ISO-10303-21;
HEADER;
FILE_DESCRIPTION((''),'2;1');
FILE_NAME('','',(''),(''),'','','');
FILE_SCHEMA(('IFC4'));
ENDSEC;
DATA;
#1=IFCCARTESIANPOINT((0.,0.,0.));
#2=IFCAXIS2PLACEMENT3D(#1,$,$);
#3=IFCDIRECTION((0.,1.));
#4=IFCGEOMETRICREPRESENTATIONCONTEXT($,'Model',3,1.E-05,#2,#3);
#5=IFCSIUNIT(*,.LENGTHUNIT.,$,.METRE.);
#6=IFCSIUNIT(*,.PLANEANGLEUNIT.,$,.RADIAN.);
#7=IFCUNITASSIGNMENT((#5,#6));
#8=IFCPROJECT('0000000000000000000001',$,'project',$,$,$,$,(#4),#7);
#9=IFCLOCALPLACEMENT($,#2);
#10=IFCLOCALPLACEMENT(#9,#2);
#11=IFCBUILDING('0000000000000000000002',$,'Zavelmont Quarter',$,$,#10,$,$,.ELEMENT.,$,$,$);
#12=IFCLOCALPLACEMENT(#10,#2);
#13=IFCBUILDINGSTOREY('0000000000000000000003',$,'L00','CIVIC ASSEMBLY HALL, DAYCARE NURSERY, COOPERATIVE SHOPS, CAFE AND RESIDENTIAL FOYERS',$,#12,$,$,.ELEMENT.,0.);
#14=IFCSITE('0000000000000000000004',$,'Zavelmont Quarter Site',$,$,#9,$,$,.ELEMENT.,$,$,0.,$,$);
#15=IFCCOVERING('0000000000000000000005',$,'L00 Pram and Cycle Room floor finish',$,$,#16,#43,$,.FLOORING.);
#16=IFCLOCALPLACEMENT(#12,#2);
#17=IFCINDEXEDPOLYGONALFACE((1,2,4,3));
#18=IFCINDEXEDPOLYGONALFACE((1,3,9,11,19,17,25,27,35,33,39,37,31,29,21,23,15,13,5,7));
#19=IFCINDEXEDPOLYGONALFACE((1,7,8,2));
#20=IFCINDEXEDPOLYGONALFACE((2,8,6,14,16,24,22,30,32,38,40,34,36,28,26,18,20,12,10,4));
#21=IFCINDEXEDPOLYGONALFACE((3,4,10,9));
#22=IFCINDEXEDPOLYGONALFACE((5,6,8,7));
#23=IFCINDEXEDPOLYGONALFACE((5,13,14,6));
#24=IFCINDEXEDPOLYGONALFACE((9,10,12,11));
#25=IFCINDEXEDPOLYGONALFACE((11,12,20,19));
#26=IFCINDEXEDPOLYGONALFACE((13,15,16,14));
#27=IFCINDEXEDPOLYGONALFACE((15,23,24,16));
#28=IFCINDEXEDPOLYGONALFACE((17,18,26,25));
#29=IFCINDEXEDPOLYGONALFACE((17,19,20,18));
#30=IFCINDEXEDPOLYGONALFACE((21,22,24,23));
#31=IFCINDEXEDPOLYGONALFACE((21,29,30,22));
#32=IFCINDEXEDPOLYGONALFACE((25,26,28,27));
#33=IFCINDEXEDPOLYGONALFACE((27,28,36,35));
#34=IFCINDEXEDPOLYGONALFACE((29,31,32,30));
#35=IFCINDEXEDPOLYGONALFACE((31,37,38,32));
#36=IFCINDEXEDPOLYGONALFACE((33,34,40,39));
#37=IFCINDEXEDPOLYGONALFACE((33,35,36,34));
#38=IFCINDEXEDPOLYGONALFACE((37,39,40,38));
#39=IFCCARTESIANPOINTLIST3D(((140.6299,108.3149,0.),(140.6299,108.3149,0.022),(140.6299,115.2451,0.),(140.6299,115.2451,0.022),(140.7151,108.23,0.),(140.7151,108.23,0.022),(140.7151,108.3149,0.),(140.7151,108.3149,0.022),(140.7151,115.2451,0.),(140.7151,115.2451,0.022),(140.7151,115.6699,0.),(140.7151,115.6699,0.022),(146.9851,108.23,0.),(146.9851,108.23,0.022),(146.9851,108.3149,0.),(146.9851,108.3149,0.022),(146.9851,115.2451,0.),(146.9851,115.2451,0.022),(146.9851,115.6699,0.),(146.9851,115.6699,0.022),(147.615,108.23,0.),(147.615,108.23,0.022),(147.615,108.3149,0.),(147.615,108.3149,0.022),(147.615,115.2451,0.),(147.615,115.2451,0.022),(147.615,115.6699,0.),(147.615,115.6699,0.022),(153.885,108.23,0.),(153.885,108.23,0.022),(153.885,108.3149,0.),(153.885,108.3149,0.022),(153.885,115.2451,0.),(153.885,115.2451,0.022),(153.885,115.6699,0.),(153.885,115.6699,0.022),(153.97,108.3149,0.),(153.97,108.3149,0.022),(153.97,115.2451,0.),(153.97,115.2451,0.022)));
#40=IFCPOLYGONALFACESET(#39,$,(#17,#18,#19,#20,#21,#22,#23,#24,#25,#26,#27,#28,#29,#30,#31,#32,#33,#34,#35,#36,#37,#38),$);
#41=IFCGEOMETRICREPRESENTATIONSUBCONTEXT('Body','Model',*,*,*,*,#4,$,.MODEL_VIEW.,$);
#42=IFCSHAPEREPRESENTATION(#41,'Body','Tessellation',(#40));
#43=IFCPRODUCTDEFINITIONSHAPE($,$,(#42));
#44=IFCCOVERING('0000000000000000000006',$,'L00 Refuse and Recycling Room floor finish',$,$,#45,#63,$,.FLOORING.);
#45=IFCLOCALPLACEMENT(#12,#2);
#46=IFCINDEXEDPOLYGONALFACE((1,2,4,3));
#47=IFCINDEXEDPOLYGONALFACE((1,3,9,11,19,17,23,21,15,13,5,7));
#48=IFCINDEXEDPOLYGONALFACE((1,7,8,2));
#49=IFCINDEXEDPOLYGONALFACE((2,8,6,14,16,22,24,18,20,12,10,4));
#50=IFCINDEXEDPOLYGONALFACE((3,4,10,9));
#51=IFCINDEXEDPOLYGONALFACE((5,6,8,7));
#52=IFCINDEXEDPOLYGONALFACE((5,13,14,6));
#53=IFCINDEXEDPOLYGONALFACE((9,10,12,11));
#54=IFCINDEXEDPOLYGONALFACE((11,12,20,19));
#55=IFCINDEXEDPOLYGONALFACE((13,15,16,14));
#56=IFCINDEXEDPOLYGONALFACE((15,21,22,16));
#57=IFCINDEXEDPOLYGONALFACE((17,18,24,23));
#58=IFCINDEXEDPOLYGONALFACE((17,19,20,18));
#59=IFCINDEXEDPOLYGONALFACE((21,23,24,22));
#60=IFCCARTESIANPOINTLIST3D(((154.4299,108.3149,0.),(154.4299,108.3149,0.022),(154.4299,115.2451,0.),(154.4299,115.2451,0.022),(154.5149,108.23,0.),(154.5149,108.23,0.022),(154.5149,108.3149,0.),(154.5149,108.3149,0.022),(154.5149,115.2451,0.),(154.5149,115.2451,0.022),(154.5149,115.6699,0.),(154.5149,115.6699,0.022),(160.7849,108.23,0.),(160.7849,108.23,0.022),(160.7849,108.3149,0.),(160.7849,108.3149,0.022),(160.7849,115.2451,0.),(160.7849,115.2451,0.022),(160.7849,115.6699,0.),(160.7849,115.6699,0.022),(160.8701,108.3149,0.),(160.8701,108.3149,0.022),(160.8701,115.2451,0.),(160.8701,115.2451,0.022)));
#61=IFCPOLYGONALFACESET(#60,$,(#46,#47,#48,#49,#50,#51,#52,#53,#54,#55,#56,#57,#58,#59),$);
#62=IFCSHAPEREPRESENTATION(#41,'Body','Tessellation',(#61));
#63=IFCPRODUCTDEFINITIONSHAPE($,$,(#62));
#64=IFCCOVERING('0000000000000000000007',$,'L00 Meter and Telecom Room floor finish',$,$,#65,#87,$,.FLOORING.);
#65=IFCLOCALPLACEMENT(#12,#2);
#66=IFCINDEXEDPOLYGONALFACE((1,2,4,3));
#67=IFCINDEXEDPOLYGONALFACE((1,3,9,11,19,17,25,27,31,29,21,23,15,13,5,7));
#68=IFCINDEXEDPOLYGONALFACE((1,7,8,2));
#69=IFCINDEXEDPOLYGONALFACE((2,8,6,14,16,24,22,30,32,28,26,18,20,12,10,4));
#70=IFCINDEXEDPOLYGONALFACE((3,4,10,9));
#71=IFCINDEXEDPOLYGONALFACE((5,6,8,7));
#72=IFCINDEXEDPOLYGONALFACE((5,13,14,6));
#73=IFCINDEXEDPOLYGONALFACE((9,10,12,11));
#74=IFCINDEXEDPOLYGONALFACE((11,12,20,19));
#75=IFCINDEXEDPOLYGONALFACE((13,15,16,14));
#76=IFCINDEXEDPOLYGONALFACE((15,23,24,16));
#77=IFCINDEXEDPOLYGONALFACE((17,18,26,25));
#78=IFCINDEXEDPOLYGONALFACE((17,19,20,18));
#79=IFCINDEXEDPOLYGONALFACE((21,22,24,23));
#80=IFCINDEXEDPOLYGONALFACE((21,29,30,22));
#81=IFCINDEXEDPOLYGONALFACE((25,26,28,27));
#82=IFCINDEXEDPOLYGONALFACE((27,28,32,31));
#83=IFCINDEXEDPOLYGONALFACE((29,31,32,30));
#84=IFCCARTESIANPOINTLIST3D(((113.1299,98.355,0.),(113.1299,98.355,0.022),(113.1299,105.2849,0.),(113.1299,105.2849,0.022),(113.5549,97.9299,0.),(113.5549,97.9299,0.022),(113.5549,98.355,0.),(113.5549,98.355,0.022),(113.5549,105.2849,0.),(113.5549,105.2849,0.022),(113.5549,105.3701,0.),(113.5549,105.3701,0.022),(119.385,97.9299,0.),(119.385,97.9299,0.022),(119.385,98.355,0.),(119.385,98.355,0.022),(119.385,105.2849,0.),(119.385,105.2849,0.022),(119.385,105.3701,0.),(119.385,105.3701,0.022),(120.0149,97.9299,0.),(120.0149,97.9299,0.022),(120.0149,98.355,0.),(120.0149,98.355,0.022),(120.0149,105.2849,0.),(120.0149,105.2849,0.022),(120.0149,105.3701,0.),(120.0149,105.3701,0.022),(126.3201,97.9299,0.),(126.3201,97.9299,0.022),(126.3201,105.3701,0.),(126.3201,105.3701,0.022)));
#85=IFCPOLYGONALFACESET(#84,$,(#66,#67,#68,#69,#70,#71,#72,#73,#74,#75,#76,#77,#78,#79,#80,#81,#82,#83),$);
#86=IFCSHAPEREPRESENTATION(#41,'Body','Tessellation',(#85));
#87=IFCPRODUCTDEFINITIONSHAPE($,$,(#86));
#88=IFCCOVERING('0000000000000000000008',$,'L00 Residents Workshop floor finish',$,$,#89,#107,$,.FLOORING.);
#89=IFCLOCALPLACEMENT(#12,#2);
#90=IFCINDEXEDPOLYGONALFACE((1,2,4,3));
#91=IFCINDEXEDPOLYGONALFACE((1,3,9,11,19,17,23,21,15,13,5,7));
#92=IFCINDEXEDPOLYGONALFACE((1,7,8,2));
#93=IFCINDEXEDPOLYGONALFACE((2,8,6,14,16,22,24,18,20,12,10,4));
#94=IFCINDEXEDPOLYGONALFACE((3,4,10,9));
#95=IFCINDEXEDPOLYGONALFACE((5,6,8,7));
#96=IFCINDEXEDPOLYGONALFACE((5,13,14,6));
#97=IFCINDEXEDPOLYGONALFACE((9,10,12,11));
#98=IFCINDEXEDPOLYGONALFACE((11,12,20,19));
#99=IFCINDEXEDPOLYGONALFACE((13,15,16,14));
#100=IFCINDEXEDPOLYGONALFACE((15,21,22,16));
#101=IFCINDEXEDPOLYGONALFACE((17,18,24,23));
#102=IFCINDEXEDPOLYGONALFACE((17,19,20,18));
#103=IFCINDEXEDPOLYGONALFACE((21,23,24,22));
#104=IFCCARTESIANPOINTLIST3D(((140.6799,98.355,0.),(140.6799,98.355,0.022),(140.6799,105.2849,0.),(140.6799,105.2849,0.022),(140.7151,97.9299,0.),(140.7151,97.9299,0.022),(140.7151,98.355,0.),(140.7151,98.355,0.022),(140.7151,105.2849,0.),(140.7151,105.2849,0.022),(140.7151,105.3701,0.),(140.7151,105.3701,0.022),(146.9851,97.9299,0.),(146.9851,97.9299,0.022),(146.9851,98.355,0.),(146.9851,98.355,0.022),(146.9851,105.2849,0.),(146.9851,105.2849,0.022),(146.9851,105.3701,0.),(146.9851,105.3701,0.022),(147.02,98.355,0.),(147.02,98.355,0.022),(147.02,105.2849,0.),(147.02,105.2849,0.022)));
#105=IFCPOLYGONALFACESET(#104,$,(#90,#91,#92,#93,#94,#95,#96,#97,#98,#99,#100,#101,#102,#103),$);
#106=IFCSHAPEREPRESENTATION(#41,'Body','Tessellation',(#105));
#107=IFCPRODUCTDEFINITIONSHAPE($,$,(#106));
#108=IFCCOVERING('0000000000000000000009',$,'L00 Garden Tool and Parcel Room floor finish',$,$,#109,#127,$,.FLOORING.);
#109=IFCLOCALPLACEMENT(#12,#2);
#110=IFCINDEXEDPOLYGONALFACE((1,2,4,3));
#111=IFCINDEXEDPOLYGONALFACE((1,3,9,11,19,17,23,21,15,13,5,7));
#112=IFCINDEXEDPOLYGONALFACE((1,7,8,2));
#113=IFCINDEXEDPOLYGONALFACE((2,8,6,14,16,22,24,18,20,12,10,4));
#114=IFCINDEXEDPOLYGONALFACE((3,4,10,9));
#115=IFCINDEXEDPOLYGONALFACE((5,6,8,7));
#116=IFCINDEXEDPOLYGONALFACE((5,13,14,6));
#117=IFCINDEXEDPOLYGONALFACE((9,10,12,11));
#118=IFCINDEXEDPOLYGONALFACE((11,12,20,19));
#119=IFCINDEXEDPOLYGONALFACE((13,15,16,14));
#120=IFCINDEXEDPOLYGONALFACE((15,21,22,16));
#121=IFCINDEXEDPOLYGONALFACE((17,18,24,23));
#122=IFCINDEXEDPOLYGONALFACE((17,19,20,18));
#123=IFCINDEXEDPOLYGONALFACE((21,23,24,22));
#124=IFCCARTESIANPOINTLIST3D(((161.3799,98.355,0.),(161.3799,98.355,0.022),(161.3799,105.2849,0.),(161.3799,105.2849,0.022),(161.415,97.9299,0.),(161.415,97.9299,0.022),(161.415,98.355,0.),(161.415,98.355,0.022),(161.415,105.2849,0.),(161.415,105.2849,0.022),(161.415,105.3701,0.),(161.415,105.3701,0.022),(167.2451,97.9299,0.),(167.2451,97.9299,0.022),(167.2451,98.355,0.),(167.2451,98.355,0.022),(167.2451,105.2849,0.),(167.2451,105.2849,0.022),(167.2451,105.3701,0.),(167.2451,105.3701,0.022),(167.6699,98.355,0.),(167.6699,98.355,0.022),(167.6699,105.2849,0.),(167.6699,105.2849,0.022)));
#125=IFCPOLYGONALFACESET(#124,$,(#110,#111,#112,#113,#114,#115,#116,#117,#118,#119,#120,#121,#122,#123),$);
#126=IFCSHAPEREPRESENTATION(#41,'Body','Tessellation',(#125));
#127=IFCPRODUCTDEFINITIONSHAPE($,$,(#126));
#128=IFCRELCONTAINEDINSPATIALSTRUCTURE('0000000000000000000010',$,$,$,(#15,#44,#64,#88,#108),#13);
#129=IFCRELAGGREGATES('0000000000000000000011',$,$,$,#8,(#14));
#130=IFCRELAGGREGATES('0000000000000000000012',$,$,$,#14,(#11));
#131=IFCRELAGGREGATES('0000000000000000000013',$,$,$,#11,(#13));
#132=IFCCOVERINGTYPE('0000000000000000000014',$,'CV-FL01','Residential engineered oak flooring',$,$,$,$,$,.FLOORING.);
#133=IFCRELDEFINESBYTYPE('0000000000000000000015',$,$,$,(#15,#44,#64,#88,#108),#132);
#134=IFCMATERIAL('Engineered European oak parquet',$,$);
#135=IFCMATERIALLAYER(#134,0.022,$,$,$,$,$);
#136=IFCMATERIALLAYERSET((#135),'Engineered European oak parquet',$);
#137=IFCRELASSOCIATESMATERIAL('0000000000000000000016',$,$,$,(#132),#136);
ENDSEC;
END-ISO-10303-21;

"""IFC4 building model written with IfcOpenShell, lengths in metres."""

from ifc_helpers import new_model, si_unit, direction, origin, place, context, subcontext, project, spatial, polyline, outline, extrude, material, layer, layer_set, type_object, element, save


model = new_model("IFC4")

# Units and contexts
model_context = context("Model", 3, precision=1e-05, world=origin(), true_north=direction((0.0, 1.0)))
body_context = subcontext(model_context, "Body", "Model", "MODEL_VIEW")
ifc_project = project(units=[si_unit("LENGTHUNIT", "METRE"), si_unit("PLANEANGLEUNIT", "RADIAN")], contexts=[model_context])

# Site, building, storey
site_placement = place(None, origin())
site = spatial("IfcSite", under=ifc_project, at=site_placement, Name="Zavelmont Quarter Site", CompositionType="ELEMENT", RefElevation=0.0)
building_placement = place(site_placement, origin())
building = spatial("IfcBuilding", under=site, at=building_placement, Name="Zavelmont Quarter", CompositionType="ELEMENT")
storey_placement = place(building_placement, origin())
storey = spatial("IfcBuildingStorey", under=building, at=storey_placement, Name="L00", Description="CIVIC ASSEMBLY HALL, DAYCARE NURSERY, COOPERATIVE SHOPS, CAFE AND RESIDENTIAL FOYERS", CompositionType="ELEMENT", Elevation=0.0)

# Coverings
ifc_material_1 = material(Name="Engineered European oak parquet")
ifc_layer_1 = layer(ifc_material_1, 0.022)
ifc_layer_set_1 = layer_set([ifc_layer_1], Name="Engineered European oak parquet")
covering_type_1 = type_object("IfcCoveringType", Name="CV-FL01", Description="Residential engineered oak flooring", PredefinedType="FLOORING", material=ifc_layer_set_1)
covering_1_placement = place(storey_placement, origin())
element("IfcCovering", 1, at=covering_1_placement, inside=storey, type_object=covering_type_1, Name="L00 Pram and Cycle Room floor finish", PredefinedType="FLOORING", context=body_context, shape_type="SweptSolid", body=[
    extrude(outline(polyline([(140.6299, 115.2451), (140.7151, 115.2451), (140.7151, 115.6699), (146.9851, 115.6699), (146.9851, 115.2451), (147.615, 115.2451), (147.615, 115.6699), (153.885, 115.6699), (153.885, 115.2451), (153.97, 115.2451), (153.97, 108.3149), (153.885, 108.3149), (153.885, 108.23), (147.615, 108.23), (147.615, 108.3149), (146.9851, 108.3149), (146.9851, 108.23), (140.7151, 108.23), (140.7151, 108.3149), (140.6299, 108.3149), (140.6299, 115.2451)])), origin(), (0.0, 0.0, 1.0), 0.022),
])
covering_2_placement = place(storey_placement, origin())
element("IfcCovering", 2, at=covering_2_placement, inside=storey, type_object=covering_type_1, Name="L00 Refuse and Recycling Room floor finish", PredefinedType="FLOORING", context=body_context, shape_type="SweptSolid", body=[
    extrude(outline(polyline([(154.4299, 115.2451), (154.5149, 115.2451), (154.5149, 115.6699), (160.7849, 115.6699), (160.7849, 115.2451), (160.8701, 115.2451), (160.8701, 108.3149), (160.7849, 108.3149), (160.7849, 108.23), (154.5149, 108.23), (154.5149, 108.3149), (154.4299, 108.3149), (154.4299, 115.2451)])), origin(), (0.0, 0.0, 1.0), 0.022),
])
covering_3_placement = place(storey_placement, origin())
element("IfcCovering", 3, at=covering_3_placement, inside=storey, type_object=covering_type_1, Name="L00 Meter and Telecom Room floor finish", PredefinedType="FLOORING", context=body_context, shape_type="SweptSolid", body=[
    extrude(outline(polyline([(113.1299, 105.2849), (113.5549, 105.2849), (113.5549, 105.3701), (119.385, 105.3701), (119.385, 105.2849), (120.0149, 105.2849), (120.0149, 105.3701), (126.3201, 105.3701), (126.3201, 97.9299), (120.0149, 97.9299), (120.0149, 98.355), (119.385, 98.355), (119.385, 97.9299), (113.5549, 97.9299), (113.5549, 98.355), (113.1299, 98.355), (113.1299, 105.2849)])), origin(), (0.0, 0.0, 1.0), 0.022),
])
covering_4_placement = place(storey_placement, origin())
element("IfcCovering", 4, at=covering_4_placement, inside=storey, type_object=covering_type_1, Name="L00 Residents Workshop floor finish", PredefinedType="FLOORING", context=body_context, shape_type="SweptSolid", body=[
    extrude(outline(polyline([(140.6799, 105.2849), (140.7151, 105.2849), (140.7151, 105.3701), (146.9851, 105.3701), (146.9851, 105.2849), (147.02, 105.2849), (147.02, 98.355), (146.9851, 98.355), (146.9851, 97.9299), (140.7151, 97.9299), (140.7151, 98.355), (140.6799, 98.355), (140.6799, 105.2849)])), origin(), (0.0, 0.0, 1.0), 0.022),
])
covering_5_placement = place(storey_placement, origin())
element("IfcCovering", 5, at=covering_5_placement, inside=storey, type_object=covering_type_1, Name="L00 Garden Tool and Parcel Room floor finish", PredefinedType="FLOORING", context=body_context, shape_type="SweptSolid", body=[
    extrude(outline(polyline([(161.3799, 105.2849), (161.415, 105.2849), (161.415, 105.3701), (167.2451, 105.3701), (167.2451, 105.2849), (167.6699, 105.2849), (167.6699, 98.355), (167.2451, 98.355), (167.2451, 97.9299), (161.415, 97.9299), (161.415, 98.355), (161.3799, 98.355), (161.3799, 105.2849)])), origin(), (0.0, 0.0, 1.0), 0.022),
])

save(model, "model.ifc")
